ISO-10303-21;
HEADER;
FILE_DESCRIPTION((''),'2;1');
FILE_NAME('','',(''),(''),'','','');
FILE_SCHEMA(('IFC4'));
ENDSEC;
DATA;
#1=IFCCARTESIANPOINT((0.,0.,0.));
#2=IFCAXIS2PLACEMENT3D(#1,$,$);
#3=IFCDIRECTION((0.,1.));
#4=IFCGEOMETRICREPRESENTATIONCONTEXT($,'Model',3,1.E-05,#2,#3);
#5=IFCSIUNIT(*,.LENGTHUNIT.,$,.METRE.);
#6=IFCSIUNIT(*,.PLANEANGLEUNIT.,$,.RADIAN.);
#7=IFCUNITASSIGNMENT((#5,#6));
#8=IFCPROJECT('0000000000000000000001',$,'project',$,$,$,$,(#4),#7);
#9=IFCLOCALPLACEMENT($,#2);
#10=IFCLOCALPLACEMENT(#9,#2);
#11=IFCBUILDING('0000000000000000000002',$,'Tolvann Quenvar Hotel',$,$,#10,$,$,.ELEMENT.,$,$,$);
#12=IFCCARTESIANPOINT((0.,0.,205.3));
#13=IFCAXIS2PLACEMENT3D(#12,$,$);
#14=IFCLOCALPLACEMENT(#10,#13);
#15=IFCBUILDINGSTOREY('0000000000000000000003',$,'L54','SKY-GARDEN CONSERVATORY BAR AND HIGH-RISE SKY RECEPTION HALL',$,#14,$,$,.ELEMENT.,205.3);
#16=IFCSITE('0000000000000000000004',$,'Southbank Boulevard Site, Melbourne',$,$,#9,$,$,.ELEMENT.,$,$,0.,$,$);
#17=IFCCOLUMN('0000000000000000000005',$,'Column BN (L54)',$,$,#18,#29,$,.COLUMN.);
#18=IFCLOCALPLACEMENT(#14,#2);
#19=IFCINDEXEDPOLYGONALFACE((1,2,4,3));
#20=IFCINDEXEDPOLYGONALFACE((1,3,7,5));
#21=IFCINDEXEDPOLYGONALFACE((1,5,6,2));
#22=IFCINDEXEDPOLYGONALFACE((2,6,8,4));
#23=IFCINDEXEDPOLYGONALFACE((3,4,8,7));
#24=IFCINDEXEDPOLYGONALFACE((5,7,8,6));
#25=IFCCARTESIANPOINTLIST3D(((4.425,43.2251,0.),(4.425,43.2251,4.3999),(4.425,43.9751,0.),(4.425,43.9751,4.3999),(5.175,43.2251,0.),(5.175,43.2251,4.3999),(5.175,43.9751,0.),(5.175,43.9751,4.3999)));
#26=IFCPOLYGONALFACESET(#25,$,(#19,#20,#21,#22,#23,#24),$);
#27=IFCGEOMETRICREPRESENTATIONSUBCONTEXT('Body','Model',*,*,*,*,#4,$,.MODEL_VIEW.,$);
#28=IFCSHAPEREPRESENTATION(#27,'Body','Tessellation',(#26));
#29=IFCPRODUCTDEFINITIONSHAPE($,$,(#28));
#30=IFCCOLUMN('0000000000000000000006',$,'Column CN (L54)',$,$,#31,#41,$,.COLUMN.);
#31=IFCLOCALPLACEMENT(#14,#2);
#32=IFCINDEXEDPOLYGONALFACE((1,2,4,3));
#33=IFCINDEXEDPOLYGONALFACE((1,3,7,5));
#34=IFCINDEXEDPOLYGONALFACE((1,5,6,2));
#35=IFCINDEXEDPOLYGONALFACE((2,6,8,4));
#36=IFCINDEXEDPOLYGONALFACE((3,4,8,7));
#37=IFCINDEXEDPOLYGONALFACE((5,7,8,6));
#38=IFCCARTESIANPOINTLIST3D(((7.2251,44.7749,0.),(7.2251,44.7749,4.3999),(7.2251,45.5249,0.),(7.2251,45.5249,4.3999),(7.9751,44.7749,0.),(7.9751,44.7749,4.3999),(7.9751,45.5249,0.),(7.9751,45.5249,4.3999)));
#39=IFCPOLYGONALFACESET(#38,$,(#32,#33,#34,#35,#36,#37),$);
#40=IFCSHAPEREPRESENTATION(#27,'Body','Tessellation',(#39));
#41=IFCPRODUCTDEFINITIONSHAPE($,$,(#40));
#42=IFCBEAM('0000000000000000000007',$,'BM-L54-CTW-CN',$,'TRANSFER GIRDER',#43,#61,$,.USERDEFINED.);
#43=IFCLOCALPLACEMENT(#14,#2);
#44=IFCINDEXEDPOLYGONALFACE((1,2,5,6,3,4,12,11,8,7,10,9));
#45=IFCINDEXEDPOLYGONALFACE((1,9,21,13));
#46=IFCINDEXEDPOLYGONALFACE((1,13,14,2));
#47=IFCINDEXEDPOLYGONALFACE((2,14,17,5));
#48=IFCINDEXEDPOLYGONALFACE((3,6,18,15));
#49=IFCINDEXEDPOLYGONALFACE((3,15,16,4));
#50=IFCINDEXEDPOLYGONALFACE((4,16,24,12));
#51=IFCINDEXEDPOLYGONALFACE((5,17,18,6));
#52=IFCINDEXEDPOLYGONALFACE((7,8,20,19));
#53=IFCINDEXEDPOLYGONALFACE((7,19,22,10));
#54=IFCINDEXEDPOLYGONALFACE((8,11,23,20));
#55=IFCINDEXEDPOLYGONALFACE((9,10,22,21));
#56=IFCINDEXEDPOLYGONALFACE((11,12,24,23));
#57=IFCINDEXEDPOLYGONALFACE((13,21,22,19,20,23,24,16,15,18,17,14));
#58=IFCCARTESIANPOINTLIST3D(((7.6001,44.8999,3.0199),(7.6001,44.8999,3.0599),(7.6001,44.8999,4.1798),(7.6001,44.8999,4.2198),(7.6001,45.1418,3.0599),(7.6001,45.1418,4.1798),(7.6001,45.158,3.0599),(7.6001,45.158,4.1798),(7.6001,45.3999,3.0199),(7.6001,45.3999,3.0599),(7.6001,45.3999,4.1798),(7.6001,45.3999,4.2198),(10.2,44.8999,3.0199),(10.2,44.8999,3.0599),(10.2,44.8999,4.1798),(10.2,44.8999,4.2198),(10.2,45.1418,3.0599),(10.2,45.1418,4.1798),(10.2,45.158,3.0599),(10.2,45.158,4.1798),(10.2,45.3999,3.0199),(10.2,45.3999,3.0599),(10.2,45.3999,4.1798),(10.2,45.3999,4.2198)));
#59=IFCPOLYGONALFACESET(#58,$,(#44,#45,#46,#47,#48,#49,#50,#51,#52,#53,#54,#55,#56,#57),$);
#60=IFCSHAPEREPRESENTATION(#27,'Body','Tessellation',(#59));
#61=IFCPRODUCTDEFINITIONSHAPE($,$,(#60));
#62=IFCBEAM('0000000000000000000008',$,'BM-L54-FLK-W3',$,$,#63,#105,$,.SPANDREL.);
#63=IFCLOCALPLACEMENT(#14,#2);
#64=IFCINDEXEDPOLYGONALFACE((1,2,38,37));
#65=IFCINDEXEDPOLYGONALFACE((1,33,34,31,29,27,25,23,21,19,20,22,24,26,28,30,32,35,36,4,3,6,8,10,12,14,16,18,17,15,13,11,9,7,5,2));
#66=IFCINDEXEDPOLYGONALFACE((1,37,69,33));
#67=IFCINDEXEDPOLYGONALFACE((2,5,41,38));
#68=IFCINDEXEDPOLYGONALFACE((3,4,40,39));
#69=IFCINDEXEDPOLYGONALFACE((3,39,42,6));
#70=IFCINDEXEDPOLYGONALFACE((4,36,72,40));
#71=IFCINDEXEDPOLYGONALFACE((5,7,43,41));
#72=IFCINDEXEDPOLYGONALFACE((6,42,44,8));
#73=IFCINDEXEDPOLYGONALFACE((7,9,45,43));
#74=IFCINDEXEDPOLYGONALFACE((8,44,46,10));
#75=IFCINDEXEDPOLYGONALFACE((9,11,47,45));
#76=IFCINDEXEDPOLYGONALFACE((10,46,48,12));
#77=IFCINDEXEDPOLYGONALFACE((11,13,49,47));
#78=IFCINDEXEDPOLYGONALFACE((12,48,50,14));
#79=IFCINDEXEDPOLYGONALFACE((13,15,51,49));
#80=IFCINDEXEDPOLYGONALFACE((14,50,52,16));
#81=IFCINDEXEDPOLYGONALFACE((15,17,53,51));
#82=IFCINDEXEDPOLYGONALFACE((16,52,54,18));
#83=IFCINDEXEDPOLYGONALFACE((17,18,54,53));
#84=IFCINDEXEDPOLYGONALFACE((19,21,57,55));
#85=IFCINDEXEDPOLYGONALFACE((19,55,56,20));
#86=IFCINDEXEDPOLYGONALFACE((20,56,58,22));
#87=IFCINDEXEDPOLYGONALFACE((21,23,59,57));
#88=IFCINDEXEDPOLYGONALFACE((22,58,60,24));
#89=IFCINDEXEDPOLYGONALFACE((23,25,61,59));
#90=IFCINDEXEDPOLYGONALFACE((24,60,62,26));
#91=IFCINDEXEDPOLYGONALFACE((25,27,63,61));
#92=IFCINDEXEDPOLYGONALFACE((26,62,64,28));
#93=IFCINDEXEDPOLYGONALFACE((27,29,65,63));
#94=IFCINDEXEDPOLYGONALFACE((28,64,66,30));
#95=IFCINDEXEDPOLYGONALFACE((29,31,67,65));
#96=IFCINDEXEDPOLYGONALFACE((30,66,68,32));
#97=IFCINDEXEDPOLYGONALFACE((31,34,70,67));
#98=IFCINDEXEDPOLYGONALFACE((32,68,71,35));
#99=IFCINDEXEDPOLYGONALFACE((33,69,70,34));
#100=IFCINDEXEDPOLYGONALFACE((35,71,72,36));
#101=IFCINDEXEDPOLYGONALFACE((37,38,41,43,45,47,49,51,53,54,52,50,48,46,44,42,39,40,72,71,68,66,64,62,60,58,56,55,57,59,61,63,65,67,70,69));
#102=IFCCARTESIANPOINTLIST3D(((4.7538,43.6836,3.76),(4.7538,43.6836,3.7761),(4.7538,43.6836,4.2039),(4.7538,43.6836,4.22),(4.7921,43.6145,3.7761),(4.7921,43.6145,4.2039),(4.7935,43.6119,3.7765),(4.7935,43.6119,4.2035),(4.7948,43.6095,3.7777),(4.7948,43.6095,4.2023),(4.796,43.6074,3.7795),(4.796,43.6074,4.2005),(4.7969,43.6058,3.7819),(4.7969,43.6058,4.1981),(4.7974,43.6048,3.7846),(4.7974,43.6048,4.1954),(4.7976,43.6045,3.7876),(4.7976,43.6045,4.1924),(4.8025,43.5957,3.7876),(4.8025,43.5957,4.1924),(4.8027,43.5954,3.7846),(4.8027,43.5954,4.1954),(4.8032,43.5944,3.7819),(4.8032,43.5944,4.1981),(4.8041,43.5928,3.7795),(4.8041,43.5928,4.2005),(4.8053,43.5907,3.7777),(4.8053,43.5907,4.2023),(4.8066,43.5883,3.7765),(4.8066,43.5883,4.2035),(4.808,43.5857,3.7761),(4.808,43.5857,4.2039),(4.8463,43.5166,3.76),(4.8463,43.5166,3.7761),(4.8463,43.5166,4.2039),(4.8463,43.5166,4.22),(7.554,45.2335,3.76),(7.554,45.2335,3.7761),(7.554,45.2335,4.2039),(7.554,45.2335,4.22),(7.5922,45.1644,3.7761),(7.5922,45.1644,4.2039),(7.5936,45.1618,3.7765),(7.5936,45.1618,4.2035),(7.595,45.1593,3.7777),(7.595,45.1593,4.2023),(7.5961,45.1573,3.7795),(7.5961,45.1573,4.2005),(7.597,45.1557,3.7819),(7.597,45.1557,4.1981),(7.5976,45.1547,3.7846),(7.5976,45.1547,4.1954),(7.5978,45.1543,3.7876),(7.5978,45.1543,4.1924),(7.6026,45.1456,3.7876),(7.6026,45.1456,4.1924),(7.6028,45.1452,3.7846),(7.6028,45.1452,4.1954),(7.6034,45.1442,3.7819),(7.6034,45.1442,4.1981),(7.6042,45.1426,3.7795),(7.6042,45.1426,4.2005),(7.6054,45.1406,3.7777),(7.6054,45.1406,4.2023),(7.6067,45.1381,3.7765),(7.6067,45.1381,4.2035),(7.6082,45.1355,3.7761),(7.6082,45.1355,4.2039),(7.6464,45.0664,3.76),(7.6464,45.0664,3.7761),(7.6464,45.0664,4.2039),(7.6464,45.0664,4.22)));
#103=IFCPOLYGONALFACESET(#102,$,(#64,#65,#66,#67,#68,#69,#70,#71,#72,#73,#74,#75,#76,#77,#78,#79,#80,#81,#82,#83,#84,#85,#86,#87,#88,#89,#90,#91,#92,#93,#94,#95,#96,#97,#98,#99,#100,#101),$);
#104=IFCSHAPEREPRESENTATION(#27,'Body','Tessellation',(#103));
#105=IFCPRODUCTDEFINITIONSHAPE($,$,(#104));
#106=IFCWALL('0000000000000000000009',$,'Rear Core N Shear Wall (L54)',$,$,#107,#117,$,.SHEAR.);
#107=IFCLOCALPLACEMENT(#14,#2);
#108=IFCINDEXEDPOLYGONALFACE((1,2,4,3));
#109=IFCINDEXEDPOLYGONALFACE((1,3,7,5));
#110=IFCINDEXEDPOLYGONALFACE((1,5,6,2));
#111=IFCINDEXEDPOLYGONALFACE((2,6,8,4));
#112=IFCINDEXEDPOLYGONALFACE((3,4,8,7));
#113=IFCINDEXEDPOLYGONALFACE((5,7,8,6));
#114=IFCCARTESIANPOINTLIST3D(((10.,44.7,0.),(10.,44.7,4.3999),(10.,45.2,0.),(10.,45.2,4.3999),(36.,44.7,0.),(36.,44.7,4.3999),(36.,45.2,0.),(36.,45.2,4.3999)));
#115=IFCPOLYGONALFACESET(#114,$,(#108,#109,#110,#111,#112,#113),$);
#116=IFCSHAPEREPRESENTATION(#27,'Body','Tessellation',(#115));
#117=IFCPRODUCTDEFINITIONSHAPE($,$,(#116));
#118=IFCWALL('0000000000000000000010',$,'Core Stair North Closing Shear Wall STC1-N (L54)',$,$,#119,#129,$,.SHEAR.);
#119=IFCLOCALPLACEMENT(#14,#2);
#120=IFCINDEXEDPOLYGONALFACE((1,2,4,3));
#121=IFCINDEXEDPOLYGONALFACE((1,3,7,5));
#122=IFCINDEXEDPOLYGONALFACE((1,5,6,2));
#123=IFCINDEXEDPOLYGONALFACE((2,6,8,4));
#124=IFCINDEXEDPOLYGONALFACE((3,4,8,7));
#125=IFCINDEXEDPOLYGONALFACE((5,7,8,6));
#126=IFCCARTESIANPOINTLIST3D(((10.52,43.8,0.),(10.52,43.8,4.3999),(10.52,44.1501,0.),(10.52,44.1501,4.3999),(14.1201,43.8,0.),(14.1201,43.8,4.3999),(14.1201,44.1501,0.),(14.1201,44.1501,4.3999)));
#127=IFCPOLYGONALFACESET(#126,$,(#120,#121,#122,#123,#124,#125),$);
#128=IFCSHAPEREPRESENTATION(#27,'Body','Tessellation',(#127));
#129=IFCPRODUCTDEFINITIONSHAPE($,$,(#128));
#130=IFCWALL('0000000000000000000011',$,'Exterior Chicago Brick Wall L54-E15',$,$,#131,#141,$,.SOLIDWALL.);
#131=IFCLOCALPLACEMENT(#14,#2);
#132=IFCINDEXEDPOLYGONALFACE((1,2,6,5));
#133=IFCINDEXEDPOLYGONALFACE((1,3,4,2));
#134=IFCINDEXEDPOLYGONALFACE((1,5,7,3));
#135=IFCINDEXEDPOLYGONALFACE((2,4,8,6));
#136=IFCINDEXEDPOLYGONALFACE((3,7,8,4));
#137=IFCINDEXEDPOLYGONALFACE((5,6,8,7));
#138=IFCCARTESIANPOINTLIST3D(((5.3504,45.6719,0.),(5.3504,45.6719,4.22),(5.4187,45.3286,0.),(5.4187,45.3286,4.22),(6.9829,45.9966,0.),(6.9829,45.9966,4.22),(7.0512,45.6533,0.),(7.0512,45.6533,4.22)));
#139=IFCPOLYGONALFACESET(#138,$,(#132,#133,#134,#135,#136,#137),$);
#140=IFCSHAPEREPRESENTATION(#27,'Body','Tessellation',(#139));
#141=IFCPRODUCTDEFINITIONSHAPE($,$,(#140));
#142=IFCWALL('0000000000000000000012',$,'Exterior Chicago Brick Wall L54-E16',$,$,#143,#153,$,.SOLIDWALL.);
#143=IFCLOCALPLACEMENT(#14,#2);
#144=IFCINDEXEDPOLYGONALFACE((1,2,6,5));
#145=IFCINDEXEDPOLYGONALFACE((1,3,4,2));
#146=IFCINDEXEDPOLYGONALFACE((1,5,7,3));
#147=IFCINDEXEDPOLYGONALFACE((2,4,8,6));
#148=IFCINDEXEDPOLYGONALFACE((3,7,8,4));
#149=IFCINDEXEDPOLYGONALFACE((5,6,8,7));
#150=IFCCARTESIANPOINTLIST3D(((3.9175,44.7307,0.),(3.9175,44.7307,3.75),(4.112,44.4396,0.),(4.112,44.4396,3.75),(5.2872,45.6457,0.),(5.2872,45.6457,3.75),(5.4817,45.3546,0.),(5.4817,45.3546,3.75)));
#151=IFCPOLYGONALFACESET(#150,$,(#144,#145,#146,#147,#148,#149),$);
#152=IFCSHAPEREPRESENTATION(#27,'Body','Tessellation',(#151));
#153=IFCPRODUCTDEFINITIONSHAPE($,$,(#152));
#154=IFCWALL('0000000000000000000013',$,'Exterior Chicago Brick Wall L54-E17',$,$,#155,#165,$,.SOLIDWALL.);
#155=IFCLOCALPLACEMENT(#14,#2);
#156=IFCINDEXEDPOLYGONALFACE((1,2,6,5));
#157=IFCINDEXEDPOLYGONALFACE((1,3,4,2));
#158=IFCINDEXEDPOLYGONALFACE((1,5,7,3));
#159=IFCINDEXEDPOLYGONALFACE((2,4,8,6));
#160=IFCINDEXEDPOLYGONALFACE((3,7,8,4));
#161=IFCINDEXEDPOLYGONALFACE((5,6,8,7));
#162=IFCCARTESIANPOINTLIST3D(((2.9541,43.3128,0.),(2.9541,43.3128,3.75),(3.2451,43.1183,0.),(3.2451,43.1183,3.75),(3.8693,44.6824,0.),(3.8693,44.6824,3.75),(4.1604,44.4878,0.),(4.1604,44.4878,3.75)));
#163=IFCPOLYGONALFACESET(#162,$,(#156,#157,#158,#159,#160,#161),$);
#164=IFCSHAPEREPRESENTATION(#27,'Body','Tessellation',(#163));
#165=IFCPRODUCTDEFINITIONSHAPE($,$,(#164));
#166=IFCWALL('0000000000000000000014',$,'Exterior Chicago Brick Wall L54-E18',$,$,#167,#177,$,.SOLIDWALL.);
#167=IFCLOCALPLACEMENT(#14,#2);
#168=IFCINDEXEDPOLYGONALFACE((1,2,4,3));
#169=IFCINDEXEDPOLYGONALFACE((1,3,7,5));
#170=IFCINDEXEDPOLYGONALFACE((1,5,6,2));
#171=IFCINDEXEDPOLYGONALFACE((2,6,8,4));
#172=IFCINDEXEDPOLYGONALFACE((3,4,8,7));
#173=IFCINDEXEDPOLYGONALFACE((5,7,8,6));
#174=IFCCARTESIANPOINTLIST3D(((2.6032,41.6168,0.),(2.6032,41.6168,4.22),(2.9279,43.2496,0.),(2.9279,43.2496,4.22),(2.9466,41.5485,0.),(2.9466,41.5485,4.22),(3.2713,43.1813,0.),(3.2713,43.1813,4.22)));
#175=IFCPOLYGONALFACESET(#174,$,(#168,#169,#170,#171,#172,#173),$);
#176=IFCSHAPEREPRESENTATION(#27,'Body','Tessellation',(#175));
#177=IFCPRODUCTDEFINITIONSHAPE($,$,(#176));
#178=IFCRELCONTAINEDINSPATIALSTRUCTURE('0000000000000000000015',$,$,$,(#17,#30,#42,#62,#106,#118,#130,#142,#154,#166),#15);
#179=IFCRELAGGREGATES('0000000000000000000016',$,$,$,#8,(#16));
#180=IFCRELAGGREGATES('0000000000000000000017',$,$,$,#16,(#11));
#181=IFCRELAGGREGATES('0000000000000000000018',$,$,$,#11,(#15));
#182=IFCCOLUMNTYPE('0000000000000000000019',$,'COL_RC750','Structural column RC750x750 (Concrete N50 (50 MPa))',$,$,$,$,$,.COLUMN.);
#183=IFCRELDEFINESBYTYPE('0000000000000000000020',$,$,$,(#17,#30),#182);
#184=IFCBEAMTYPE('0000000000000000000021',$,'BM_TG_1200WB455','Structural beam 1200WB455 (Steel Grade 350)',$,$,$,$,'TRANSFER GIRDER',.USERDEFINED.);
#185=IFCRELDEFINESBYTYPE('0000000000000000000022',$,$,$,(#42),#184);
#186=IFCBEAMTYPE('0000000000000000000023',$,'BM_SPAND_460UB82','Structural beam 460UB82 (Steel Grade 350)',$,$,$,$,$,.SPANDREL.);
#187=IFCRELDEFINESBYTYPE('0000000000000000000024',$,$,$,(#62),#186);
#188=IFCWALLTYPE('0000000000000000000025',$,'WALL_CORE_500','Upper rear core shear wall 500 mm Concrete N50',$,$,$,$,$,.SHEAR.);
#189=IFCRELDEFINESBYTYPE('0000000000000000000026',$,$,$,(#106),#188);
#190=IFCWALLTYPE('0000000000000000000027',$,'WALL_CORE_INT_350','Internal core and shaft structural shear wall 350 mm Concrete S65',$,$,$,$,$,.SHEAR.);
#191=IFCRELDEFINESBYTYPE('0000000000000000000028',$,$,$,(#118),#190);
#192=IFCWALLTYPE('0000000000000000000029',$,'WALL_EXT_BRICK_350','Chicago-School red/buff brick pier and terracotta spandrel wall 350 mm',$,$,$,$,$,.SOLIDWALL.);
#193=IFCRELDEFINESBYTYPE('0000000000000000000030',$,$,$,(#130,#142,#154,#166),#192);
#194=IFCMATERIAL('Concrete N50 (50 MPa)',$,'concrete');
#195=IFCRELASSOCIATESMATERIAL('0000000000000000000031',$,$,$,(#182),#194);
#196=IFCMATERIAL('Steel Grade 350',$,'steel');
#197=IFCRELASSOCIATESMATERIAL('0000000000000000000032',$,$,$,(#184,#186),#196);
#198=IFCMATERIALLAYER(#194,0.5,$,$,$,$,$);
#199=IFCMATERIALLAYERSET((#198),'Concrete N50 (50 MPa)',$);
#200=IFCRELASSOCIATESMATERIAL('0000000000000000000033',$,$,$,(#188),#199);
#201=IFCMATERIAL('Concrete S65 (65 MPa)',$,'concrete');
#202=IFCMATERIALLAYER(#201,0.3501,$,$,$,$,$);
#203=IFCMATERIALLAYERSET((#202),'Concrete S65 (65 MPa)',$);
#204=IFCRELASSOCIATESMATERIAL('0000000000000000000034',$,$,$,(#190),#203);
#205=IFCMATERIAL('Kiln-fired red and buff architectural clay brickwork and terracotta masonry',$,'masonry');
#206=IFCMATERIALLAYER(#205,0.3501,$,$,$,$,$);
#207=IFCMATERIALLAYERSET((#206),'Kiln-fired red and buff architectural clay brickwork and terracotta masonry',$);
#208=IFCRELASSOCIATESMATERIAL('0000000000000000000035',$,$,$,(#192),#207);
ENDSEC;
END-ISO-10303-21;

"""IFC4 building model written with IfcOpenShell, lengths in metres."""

from ifc_helpers import new_model, si_unit, direction, frame, frame_2d, origin, origin_2d, place, context, subcontext, project, spatial, rectangle, i_section, extrude, source, transform, mapped, material, layer, layer_set, material_profile, profile_set, type_object, type_shapes, element, save


model = new_model("IFC4")

# Units and contexts
model_context = context("Model", 3, precision=1e-05, world=origin(), true_north=direction((0.0, 1.0)))
body_context = subcontext(model_context, "Body", "Model", "MODEL_VIEW")
ifc_project = project(units=[si_unit("LENGTHUNIT", "METRE"), si_unit("PLANEANGLEUNIT", "RADIAN")], contexts=[model_context])

# Site, building, storey
site_placement = place(None, origin())
site = spatial("IfcSite", under=ifc_project, at=site_placement, Name="Southbank Boulevard Site, Melbourne", CompositionType="ELEMENT", RefElevation=0.0)
building_placement = place(site_placement, origin())
building = spatial("IfcBuilding", under=site, at=building_placement, Name="Tolvann Quenvar Hotel", CompositionType="ELEMENT")
storey_placement = place(building_placement, frame((0.0, 0.0, 205.3)))
storey = spatial("IfcBuildingStorey", under=building, at=storey_placement, Name="L54", Description="SKY-GARDEN CONSERVATORY BAR AND HIGH-RISE SKY RECEPTION HALL", CompositionType="ELEMENT", Elevation=205.3)

# Columns
ifc_material_1 = material(Name="Concrete N50 (50 MPa)", Category="concrete")
ifc_material_profile_1 = material_profile(ifc_material_1, rectangle(XDim=0.75, YDim=0.75, at=origin_2d()), Name="RC750x750")
ifc_profile_set_1 = profile_set([ifc_material_profile_1], Name="Concrete N50 (50 MPa)")
column_type = type_object("IfcColumnType", Name="COL_RC750", Description="Structural column RC750x750 (Concrete N50 (50 MPa))", PredefinedType="COLUMN", material=ifc_profile_set_1)
shared_shape_1 = source(origin(), body_context, "Body", "SweptSolid", [
    extrude(rectangle(XDim=0.75, YDim=0.75, at=origin_2d()), origin(), (0.0, 0.0, 1.0), 4.3999),
])
type_shapes(column_type, [shared_shape_1])
for number, where, z_axis, x_axis, name in (
    (1, (4.8, 43.6001, 0.0), (0.0, 0.0, 1.0), (1.0, 0.0, 0.0), "Column BN (L54)"),
    (2, (7.6001, 45.1499, 0.0), (0.0, 0.0, 1.0), (1.0, 0.0, 0.0), "Column CN (L54)"),
):
    element("IfcColumn", number, at=place(storey_placement, frame(where, z_axis=z_axis, x_axis=x_axis)), inside=storey, type_object=column_type, Name=name, PredefinedType="COLUMN", context=body_context, shape_type="MappedRepresentation", body=[
        mapped(shared_shape_1, transform((0.0, 0.0, 0.0), x_axis=(1.0, 0.0, 0.0), y_axis=(0.0, 1.0, 0.0), z_axis=(0.0, 0.0, 1.0), scale=1.0)),
    ])

# Beams
ifc_material_2 = material(Name="Steel Grade 350", Category="steel")
ifc_material_profile_2 = material_profile(ifc_material_2, i_section(OverallWidth=0.5, OverallDepth=1.2, WebThickness=0.0161, FlangeThickness=0.04, at=origin_2d()), Name="1200WB455")
ifc_profile_set_2 = profile_set([ifc_material_profile_2], Name="Steel Grade 350")
beam_type_1 = type_object("IfcBeamType", Name="BM_TG_1200WB455", Description="Structural beam 1200WB455 (Steel Grade 350)", ElementType="TRANSFER GIRDER", PredefinedType="USERDEFINED", material=ifc_profile_set_2)
shared_shape_2 = source(origin(), body_context, "Body", "SweptSolid", [
    extrude(i_section(OverallWidth=0.5, OverallDepth=1.2, WebThickness=0.0161, FlangeThickness=0.04, at=origin_2d()), origin(), (0.0, 0.0, 1.0), 2.5999),
])
type_shapes(beam_type_1, [shared_shape_2])
beam_1_placement = place(storey_placement, frame((7.6001, 45.1499, 3.6199), z_axis=(1.0, 0.0, 0.0), x_axis=(0.0, 1.0, 0.0)))
element("IfcBeam", 3, at=beam_1_placement, inside=storey, type_object=beam_type_1, Name="BM-L54-CTW-CN", ObjectType="TRANSFER GIRDER", PredefinedType="USERDEFINED", context=body_context, shape_type="MappedRepresentation", body=[
    mapped(shared_shape_2, transform((0.0, 0.0, 0.0), x_axis=(1.0, 0.0, 0.0), y_axis=(0.0, 1.0, 0.0), z_axis=(0.0, 0.0, 1.0), scale=1.0)),
])
ifc_material_profile_3 = material_profile(ifc_material_2, i_section(OverallWidth=0.1909, OverallDepth=0.46, WebThickness=0.01, FlangeThickness=0.0161, FilletRadius=0.0115, at=origin_2d()), Name="460UB82")
ifc_profile_set_3 = profile_set([ifc_material_profile_3], Name="Steel Grade 350")
beam_type_2 = type_object("IfcBeamType", Name="BM_SPAND_460UB82", Description="Structural beam 460UB82 (Steel Grade 350)", PredefinedType="SPANDREL", material=ifc_profile_set_3)
shared_shape_3 = source(origin(), body_context, "Body", "SweptSolid", [
    extrude(i_section(OverallWidth=0.1909, OverallDepth=0.46, WebThickness=0.01, FlangeThickness=0.0161, FilletRadius=0.0115, at=origin_2d()), origin(), (0.0, 0.0, 1.0), 3.2004),
])
type_shapes(beam_type_2, [shared_shape_3])
beam_2_placement = place(storey_placement, frame((4.8, 43.6001, 3.99), z_axis=(0.874923, 0.484263, 0.0), x_axis=(-0.484263, 0.874923, 0.0)))
element("IfcBeam", 4, at=beam_2_placement, inside=storey, type_object=beam_type_2, Name="BM-L54-FLK-W3", PredefinedType="SPANDREL", context=body_context, shape_type="MappedRepresentation", body=[
    mapped(shared_shape_3, transform((0.0, 0.0, 0.0), x_axis=(1.0, 0.0, 0.0), y_axis=(0.0, 1.0, 0.0), z_axis=(0.0, 0.0, 1.0), scale=1.0)),
])

# Walls
ifc_layer_1 = layer(ifc_material_1, 0.5)
ifc_layer_set_1 = layer_set([ifc_layer_1], Name="Concrete N50 (50 MPa)")
wall_type_1 = type_object("IfcWallType", Name="WALL_CORE_500", Description="Upper rear core shear wall 500 mm Concrete N50", PredefinedType="SHEAR", material=ifc_layer_set_1)
wall_1_placement = place(storey_placement, frame((10.0, 44.95, 0.0), z_axis=(0.0, 0.0, 1.0), x_axis=(1.0, 0.0, 0.0)))
element("IfcWall", 5, at=wall_1_placement, inside=storey, type_object=wall_type_1, Name="Rear Core N Shear Wall (L54)", PredefinedType="SHEAR", context=body_context, shape_type="SweptSolid", body=[
    extrude(rectangle(XDim=26.0, YDim=0.5, at=frame_2d((13.0, 0.0))), origin(), (0.0, 0.0, 1.0), 4.3999),
])
ifc_material_3 = material(Name="Concrete S65 (65 MPa)", Category="concrete")
ifc_layer_2 = layer(ifc_material_3, 0.3501)
ifc_layer_set_2 = layer_set([ifc_layer_2], Name="Concrete S65 (65 MPa)")
wall_type_2 = type_object("IfcWallType", Name="WALL_CORE_INT_350", Description="Internal core and shaft structural shear wall 350 mm Concrete S65", PredefinedType="SHEAR", material=ifc_layer_set_2)
wall_2_placement = place(storey_placement, frame((10.52, 43.9751, 0.0), z_axis=(0.0, 0.0, 1.0), x_axis=(1.0, 0.0, 0.0)))
element("IfcWall", 6, at=wall_2_placement, inside=storey, type_object=wall_type_2, Name="Core Stair North Closing Shear Wall STC1-N (L54)", PredefinedType="SHEAR", context=body_context, shape_type="SweptSolid", body=[
    extrude(rectangle(XDim=3.6001, YDim=0.3501, at=frame_2d((1.8, 0.0))), origin(), (0.0, 0.0, 1.0), 4.3999),
])
ifc_material_4 = material(Name="Kiln-fired red and buff architectural clay brickwork and terracotta masonry", Category="masonry")
ifc_layer_3 = layer(ifc_material_4, 0.3501)
ifc_layer_set_3 = layer_set([ifc_layer_3], Name="Kiln-fired red and buff architectural clay brickwork and terracotta masonry")
wall_type_3 = type_object("IfcWallType", Name="WALL_EXT_BRICK_350", Description="Chicago-School red/buff brick pier and terracotta spandrel wall 350 mm", PredefinedType="SOLIDWALL", material=ifc_layer_set_3)
wall_3_placement = place(storey_placement, frame((7.0171, 45.825, 0.0), z_axis=(0.0, 0.0, 1.0), x_axis=(-0.980789, -0.195072, 0.0)))
element("IfcWall", 7, at=wall_3_placement, inside=storey, type_object=wall_type_3, Name="Exterior Chicago Brick Wall L54-E15", PredefinedType="SOLIDWALL", context=body_context, shape_type="SweptSolid", body=[
    extrude(rectangle(XDim=1.6646, YDim=0.3501, at=frame_2d((0.8323, 0.0))), origin(), (0.0, 0.0, 1.0), 4.22),
])
for number, where, z_axis, x_axis, name in (
    (8, (5.3845, 45.5002, 0.0), (0.0, 0.0, 1.0), (-0.831503, -0.555521, 0.0), "Exterior Chicago Brick Wall L54-E16"),
    (9, (4.0149, 44.5852, 0.0), (0.0, 0.0, 1.0), (-0.555623, -0.831434, 0.0), "Exterior Chicago Brick Wall L54-E17"),
):
    element("IfcWall", number, at=place(storey_placement, frame(where, z_axis=z_axis, x_axis=x_axis)), inside=storey, type_object=wall_type_3, Name=name, PredefinedType="SOLIDWALL", context=body_context, shape_type="SweptSolid", body=[
        extrude(rectangle(XDim=1.6472, YDim=0.3501, at=frame_2d((0.8237, 0.0))), origin(), (0.0, 0.0, 1.0), 3.75),
    ])
wall_4_placement = place(storey_placement, frame((3.0996, 43.2156, 0.0), z_axis=(0.0, 0.0, 1.0), x_axis=(-0.195044, -0.980794, 0.0)))
element("IfcWall", 10, at=wall_4_placement, inside=storey, type_object=wall_type_3, Name="Exterior Chicago Brick Wall L54-E18", PredefinedType="SOLIDWALL", context=body_context, shape_type="SweptSolid", body=[
    extrude(rectangle(XDim=1.6648, YDim=0.3501, at=frame_2d((0.8325, 0.0))), origin(), (0.0, 0.0, 1.0), 4.22),
])

save(model, "model.ifc")
